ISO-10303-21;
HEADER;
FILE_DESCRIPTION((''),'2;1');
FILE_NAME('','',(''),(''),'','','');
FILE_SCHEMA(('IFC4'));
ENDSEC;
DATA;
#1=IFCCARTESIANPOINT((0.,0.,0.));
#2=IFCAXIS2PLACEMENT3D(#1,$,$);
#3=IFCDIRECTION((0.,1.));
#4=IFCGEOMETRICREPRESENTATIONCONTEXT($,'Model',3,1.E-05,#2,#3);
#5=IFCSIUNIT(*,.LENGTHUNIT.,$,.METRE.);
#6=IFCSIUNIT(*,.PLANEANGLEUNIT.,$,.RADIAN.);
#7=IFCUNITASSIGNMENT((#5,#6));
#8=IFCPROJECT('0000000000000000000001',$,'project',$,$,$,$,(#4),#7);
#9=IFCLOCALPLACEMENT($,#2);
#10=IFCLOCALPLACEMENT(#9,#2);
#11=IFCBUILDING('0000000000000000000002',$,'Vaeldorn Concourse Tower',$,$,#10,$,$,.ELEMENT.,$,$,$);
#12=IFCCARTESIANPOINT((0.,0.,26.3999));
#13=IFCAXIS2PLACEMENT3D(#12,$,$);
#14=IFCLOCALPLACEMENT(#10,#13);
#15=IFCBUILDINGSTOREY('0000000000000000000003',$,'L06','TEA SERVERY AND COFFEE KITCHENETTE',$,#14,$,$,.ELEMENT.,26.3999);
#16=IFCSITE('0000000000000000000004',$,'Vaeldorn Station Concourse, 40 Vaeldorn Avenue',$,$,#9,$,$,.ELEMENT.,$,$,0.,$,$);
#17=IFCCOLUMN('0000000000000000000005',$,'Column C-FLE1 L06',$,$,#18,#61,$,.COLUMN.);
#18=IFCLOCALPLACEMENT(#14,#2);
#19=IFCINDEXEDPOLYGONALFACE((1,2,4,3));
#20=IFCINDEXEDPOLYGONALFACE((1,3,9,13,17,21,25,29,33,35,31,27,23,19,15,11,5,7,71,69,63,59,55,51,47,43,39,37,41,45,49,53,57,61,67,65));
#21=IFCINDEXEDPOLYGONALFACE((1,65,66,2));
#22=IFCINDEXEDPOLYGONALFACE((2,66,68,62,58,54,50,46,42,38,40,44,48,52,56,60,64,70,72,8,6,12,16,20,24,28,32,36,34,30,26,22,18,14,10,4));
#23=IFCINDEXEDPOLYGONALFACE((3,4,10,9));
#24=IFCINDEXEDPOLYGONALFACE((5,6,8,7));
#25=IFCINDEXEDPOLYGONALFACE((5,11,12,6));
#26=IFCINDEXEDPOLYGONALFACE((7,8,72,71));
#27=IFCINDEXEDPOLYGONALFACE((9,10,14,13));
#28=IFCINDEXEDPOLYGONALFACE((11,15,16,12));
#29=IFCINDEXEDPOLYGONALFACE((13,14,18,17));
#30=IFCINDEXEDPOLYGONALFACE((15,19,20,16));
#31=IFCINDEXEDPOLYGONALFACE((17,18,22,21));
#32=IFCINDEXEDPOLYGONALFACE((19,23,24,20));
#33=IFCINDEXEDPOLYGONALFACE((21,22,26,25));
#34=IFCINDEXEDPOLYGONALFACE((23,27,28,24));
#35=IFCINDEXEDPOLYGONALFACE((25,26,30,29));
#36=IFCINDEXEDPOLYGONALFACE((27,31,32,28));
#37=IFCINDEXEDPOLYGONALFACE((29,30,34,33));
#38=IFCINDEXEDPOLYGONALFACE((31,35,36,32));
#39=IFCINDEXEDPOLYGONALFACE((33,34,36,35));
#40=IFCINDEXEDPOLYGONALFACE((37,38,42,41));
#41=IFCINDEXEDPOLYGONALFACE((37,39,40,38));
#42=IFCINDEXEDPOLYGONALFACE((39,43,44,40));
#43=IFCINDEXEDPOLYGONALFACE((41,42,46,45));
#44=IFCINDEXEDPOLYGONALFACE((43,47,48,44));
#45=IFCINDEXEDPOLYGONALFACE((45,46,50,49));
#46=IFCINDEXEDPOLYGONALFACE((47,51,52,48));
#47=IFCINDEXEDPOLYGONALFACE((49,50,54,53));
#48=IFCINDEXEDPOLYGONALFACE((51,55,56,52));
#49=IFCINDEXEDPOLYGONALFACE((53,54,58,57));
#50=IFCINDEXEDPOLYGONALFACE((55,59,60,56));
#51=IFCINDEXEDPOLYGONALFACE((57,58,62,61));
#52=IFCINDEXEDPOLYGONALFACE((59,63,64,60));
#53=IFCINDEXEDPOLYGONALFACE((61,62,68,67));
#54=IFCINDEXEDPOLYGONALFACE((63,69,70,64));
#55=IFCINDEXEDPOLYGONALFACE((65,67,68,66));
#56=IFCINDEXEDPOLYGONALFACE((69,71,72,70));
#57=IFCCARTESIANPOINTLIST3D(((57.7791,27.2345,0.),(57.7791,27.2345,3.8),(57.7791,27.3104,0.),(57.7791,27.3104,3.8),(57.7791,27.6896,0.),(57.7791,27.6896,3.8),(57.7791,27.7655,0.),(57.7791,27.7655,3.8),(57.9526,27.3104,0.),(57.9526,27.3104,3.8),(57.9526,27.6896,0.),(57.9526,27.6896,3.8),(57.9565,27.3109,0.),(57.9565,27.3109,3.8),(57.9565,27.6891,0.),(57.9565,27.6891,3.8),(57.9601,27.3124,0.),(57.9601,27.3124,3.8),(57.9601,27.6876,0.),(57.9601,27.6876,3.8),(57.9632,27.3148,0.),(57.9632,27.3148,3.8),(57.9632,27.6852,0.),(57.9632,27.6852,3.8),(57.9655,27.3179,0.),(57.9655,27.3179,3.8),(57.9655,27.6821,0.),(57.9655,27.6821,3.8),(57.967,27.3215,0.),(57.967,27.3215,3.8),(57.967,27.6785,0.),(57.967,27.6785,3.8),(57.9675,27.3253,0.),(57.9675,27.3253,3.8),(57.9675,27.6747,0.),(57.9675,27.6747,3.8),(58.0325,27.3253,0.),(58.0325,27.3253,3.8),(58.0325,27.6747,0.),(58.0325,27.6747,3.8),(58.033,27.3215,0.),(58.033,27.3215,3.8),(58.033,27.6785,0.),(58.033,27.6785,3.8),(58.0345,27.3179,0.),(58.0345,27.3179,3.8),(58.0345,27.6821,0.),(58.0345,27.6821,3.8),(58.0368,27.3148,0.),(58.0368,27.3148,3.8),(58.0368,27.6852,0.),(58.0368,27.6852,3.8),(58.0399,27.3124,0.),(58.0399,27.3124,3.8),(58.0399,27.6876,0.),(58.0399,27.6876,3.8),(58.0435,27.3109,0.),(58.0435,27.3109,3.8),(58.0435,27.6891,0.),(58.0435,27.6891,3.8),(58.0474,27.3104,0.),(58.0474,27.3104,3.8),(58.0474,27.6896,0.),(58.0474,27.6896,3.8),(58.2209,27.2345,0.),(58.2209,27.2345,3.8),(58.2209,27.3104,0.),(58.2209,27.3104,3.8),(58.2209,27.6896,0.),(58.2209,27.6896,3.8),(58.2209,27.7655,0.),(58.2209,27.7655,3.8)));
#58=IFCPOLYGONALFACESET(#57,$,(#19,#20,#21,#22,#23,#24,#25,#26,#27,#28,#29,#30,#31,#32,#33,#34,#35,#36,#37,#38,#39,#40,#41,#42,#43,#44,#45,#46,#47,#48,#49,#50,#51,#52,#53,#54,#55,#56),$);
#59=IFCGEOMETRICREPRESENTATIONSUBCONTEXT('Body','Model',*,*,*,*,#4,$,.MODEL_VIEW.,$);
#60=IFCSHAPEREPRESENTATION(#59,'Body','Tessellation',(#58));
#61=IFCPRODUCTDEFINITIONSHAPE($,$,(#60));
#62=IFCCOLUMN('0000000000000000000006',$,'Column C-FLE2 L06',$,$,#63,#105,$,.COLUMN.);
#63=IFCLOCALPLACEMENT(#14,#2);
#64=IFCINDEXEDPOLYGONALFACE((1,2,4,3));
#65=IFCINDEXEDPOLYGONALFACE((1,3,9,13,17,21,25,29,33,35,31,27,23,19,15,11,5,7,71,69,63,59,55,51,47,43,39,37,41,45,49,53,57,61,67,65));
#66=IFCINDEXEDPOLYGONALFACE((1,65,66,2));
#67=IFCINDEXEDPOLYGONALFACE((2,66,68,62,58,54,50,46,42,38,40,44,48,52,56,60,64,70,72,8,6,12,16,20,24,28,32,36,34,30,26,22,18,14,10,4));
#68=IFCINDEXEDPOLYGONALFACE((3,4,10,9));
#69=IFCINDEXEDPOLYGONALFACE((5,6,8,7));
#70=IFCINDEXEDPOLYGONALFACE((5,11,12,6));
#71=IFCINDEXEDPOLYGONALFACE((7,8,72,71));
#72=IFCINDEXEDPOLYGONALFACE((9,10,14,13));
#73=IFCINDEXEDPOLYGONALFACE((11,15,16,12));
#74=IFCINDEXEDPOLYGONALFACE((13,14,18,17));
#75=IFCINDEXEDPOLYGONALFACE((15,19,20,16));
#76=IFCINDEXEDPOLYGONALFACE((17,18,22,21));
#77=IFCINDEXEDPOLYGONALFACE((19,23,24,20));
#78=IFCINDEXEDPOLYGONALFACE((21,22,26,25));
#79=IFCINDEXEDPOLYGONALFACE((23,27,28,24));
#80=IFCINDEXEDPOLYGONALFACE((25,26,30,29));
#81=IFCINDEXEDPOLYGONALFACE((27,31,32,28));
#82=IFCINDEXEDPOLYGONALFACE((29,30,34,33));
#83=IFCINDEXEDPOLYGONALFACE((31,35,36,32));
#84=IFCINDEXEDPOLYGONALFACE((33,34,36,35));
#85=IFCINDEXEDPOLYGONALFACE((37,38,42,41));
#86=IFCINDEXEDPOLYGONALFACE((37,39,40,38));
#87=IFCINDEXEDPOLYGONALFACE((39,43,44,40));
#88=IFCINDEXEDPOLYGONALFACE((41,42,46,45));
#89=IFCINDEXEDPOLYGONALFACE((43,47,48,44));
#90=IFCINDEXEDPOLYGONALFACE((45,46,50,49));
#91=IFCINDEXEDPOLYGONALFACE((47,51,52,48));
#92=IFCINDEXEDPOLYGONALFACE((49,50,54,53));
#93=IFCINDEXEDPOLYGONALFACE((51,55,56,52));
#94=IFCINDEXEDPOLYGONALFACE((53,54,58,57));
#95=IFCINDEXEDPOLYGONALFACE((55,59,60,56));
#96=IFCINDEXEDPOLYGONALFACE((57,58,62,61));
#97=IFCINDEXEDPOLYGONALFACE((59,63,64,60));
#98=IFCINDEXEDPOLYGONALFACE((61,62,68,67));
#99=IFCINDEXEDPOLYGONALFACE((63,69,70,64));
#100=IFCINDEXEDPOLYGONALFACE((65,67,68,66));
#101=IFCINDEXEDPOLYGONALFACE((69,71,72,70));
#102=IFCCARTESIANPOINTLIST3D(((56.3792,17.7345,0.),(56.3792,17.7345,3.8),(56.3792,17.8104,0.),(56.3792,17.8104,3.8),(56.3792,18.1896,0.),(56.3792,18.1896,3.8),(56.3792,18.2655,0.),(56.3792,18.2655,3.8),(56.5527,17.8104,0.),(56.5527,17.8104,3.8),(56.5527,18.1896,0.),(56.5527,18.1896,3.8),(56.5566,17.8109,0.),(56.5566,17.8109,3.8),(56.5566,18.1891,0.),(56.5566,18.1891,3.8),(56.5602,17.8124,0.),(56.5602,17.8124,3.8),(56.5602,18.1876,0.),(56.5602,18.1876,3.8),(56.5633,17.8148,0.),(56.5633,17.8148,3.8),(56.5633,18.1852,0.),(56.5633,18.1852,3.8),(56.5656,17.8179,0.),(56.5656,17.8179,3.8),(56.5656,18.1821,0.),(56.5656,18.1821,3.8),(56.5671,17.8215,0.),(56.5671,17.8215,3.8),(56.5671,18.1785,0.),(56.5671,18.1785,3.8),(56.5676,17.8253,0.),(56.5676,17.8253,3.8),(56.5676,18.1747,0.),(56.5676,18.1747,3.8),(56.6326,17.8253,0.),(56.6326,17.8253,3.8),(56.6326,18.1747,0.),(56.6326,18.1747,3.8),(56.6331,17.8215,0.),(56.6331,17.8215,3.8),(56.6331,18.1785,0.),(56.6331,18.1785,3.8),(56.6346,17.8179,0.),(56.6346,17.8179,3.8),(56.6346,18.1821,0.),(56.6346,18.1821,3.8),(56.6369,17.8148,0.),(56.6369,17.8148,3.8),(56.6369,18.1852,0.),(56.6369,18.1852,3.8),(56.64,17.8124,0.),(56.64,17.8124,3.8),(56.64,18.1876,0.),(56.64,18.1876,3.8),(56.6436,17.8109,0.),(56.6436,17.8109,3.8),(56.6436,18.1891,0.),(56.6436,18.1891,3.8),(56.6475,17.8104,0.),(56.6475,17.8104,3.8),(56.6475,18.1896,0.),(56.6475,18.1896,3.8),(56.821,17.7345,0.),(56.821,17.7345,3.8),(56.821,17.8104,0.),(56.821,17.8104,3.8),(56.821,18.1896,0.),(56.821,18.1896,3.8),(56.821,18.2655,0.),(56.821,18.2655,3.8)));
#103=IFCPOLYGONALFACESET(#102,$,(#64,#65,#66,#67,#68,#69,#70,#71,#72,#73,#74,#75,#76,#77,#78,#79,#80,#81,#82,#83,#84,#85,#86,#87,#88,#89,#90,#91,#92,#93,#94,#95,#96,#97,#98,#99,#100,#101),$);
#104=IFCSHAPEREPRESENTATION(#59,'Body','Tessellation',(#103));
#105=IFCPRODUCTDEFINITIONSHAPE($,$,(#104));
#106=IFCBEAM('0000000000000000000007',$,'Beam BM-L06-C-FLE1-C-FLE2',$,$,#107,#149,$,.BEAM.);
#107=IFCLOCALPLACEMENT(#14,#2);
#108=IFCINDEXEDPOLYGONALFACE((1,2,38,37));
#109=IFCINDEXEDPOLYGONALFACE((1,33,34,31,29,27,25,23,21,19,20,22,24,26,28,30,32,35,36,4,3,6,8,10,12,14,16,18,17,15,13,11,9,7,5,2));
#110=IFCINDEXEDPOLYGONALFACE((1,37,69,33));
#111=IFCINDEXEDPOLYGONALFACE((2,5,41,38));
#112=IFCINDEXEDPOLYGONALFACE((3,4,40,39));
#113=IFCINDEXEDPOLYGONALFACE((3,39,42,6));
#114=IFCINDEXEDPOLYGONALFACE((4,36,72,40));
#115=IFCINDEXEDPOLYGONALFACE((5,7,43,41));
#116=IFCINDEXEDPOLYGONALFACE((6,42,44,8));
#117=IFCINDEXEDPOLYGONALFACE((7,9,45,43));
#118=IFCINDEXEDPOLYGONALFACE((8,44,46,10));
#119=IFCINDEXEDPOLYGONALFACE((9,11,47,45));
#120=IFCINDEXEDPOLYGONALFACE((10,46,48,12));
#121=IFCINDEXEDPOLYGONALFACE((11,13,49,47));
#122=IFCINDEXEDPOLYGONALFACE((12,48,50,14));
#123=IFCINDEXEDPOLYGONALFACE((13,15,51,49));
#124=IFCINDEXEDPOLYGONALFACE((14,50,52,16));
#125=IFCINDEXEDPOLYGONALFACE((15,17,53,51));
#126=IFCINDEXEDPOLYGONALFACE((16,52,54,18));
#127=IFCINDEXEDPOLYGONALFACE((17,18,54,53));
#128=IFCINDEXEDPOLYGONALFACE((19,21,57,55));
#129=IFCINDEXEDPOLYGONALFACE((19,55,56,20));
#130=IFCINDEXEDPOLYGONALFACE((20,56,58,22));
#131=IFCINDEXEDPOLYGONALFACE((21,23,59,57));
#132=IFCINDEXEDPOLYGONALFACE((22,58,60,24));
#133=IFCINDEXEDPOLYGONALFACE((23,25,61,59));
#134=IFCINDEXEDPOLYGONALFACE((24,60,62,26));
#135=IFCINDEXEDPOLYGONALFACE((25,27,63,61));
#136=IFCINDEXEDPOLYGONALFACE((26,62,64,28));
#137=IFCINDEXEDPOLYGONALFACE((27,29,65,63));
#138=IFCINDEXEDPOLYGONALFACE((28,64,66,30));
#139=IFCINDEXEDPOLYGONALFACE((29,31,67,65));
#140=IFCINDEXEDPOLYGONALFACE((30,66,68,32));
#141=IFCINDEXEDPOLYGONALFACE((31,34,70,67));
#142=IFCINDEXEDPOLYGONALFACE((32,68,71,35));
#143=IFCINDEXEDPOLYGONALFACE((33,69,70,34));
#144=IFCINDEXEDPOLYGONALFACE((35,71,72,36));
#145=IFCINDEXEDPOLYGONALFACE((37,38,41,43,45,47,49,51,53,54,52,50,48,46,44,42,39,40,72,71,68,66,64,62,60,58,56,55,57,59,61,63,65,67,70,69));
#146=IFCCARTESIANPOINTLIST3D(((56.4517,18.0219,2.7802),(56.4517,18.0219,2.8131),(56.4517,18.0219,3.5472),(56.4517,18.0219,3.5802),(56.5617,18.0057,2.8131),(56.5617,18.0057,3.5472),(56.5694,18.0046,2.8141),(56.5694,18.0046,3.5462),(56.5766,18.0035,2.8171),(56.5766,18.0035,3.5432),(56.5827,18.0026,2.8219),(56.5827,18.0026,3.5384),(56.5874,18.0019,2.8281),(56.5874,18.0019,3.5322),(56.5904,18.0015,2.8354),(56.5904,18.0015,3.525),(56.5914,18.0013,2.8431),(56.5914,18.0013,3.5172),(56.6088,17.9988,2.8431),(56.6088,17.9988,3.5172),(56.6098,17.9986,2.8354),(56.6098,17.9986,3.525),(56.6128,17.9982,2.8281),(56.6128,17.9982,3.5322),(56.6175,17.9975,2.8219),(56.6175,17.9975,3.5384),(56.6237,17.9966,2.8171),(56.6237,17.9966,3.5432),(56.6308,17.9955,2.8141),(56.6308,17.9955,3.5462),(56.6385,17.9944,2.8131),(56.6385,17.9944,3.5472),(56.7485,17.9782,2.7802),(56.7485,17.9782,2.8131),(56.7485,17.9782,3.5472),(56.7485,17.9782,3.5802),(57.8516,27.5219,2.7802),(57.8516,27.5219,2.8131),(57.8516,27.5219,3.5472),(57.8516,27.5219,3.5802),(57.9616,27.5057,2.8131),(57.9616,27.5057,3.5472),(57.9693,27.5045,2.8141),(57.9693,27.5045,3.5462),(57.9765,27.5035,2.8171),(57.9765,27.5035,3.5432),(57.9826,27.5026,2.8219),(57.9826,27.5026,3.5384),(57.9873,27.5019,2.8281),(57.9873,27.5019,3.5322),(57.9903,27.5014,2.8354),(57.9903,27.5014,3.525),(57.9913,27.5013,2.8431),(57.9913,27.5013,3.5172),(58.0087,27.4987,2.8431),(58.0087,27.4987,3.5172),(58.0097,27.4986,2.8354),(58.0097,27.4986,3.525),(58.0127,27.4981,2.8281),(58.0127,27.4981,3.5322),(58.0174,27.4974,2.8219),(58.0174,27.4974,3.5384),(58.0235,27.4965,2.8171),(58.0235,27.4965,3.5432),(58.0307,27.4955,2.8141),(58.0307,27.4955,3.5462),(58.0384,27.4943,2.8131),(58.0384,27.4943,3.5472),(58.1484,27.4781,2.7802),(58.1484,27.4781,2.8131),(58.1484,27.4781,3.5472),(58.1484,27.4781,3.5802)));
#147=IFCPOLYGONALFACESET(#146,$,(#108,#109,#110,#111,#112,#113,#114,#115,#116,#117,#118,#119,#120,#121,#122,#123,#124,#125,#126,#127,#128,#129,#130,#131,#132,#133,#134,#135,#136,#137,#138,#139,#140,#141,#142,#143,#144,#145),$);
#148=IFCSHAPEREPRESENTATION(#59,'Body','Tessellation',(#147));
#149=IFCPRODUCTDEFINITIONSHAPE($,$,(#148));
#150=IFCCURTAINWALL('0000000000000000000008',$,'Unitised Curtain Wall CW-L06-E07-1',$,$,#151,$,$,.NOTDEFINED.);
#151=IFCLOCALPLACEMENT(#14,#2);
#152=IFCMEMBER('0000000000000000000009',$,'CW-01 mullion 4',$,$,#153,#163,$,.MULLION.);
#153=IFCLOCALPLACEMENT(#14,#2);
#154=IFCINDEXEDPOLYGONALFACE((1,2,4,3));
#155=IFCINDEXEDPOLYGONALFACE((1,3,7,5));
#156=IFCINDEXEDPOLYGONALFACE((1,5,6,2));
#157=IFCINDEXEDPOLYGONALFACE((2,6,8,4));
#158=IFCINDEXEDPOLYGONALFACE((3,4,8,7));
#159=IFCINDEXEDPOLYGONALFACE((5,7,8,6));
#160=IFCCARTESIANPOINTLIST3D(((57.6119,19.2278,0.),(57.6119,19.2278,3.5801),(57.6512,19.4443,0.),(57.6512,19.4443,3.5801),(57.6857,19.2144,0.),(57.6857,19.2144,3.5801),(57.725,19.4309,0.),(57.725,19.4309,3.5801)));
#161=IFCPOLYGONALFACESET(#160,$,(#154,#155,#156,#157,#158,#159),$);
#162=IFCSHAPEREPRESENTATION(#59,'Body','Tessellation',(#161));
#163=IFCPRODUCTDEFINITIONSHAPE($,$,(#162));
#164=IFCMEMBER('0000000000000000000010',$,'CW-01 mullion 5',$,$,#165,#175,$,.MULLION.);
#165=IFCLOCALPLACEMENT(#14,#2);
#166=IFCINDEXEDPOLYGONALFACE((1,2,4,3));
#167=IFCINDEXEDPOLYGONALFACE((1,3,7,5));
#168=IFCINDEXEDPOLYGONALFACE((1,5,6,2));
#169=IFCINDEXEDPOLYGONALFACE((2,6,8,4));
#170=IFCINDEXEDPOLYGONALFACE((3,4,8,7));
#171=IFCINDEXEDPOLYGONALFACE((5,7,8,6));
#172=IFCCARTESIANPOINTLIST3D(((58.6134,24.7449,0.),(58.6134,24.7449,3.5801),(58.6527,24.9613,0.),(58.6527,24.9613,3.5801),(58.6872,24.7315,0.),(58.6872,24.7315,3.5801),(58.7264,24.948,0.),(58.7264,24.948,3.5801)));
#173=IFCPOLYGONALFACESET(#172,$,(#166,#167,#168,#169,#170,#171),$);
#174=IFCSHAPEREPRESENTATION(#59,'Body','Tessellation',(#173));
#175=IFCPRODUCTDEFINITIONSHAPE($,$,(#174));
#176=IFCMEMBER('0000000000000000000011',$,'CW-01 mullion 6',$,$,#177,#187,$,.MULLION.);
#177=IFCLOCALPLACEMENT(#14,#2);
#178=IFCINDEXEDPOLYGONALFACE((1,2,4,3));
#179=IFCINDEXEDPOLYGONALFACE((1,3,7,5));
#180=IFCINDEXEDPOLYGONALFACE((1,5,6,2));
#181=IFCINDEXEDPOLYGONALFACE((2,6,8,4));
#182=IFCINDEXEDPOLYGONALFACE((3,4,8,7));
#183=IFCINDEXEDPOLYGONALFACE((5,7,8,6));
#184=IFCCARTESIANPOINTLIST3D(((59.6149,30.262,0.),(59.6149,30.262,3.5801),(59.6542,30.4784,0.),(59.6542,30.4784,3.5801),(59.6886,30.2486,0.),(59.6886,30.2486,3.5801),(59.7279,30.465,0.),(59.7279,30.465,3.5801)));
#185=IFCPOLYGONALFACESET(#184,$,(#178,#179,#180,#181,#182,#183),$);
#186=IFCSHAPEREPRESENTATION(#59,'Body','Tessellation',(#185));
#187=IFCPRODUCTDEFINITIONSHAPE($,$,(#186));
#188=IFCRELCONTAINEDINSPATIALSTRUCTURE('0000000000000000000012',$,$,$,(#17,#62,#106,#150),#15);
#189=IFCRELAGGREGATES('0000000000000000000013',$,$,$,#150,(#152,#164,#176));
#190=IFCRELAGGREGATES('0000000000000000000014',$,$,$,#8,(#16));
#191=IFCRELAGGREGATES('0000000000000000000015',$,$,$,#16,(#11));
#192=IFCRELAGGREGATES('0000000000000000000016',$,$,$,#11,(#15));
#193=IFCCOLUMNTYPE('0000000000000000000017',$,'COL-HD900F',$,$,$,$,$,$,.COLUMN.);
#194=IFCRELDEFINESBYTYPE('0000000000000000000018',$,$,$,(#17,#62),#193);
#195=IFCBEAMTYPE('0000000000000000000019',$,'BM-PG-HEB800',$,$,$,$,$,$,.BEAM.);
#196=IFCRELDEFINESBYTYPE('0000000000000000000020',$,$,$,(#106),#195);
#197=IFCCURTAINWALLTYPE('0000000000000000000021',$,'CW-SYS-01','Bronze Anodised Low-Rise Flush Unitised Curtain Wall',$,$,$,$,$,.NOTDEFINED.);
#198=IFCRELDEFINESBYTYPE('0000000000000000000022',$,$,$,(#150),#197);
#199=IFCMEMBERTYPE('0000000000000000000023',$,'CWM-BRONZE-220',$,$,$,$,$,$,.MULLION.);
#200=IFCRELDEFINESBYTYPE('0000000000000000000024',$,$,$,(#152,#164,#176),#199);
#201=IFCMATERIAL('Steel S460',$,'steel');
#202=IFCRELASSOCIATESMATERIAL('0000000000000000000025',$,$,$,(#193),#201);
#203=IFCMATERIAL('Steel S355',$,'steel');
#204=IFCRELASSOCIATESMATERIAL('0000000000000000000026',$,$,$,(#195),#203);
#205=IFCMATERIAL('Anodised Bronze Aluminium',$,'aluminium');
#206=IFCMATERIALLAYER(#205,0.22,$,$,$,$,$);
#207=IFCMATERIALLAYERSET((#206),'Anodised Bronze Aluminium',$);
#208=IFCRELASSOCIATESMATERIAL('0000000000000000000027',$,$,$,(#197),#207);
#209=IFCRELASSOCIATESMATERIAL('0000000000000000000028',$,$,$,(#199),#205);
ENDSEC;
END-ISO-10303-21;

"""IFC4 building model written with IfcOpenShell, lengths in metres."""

from ifc_helpers import new_model, si_unit, direction, frame, origin, origin_2d, place, context, subcontext, project, spatial, rectangle, i_section, extrude, source, transform, mapped, material, layer, layer_set, material_profile, profile_set, type_object, element, aggregate, save


model = new_model("IFC4")

# Units and contexts
model_context = context("Model", 3, precision=1e-05, world=origin(), true_north=direction((0.0, 1.0)))
body_context = subcontext(model_context, "Body", "Model", "MODEL_VIEW")
ifc_project = project(units=[si_unit("LENGTHUNIT", "METRE"), si_unit("PLANEANGLEUNIT", "RADIAN")], contexts=[model_context])

# Site, building, storey
site_placement = place(None, origin())
site = spatial("IfcSite", under=ifc_project, at=site_placement, Name="Vaeldorn Station Concourse, 40 Vaeldorn Avenue", CompositionType="ELEMENT", RefElevation=0.0)
building_placement = place(site_placement, origin())
building = spatial("IfcBuilding", under=site, at=building_placement, Name="Vaeldorn Concourse Tower", CompositionType="ELEMENT")
storey_placement = place(building_placement, frame((0.0, 0.0, 26.3999)))
storey = spatial("IfcBuildingStorey", under=building, at=storey_placement, Name="L06", Description="TEA SERVERY AND COFFEE KITCHENETTE", CompositionType="ELEMENT", Elevation=26.3999)

# Columns
ifc_material_1 = material(Name="Steel S460", Category="steel")
ifc_material_profile_1 = material_profile(ifc_material_1, i_section(OverallWidth=0.4419, OverallDepth=0.531, WebThickness=0.0649, FlangeThickness=0.0759, FilletRadius=0.0149, at=origin_2d()), Name="HD 400x900")
ifc_profile_set_1 = profile_set([ifc_material_profile_1], Name="Steel S460")
column_type = type_object("IfcColumnType", Name="COL-HD900F", PredefinedType="COLUMN", material=ifc_profile_set_1)
shared_shape_1 = source(origin(), body_context, "Body", "SweptSolid", [
    extrude(i_section(OverallWidth=0.4419, OverallDepth=0.531, WebThickness=0.0649, FlangeThickness=0.0759, FilletRadius=0.0149, at=origin_2d()), origin(), (0.0, 0.0, 1.0), 3.8),
])
for number, where, z_axis, x_axis, name in (
    (1, (58.0, 27.5, 0.0), (0.0, 0.0, 1.0), (1.0, 0.0, 0.0), "Column C-FLE1 L06"),
    (2, (56.6001, 18.0, 0.0), (0.0, 0.0, 1.0), (1.0, 0.0, 0.0), "Column C-FLE2 L06"),
):
    element("IfcColumn", number, at=place(storey_placement, frame(where, z_axis=z_axis, x_axis=x_axis)), inside=storey, type_object=column_type, Name=name, PredefinedType="COLUMN", context=body_context, shape_type="MappedRepresentation", body=[
        mapped(shared_shape_1, transform((0.0, 0.0, 0.0), scale=1.0)),
    ])

# Beam
ifc_material_2 = material(Name="Steel S355", Category="steel")
ifc_material_profile_2 = material_profile(ifc_material_2, i_section(OverallWidth=0.3, OverallDepth=0.8, WebThickness=0.0176, FlangeThickness=0.033, FilletRadius=0.03, at=origin_2d()), Name="HEB 800")
ifc_profile_set_2 = profile_set([ifc_material_profile_2], Name="Steel S355")
beam_type = type_object("IfcBeamType", Name="BM-PG-HEB800", PredefinedType="BEAM", material=ifc_profile_set_2)
shared_shape_2 = source(origin(), body_context, "Body", "SweptSolid", [
    extrude(i_section(OverallWidth=0.3, OverallDepth=0.8, WebThickness=0.0176, FlangeThickness=0.033, FilletRadius=0.03, at=origin_2d()), origin(), (0.0, 0.0, 1.0), 9.6025),
])
beam_placement = place(storey_placement, frame((58.0, 27.5, 3.1802), z_axis=(-0.145784, -0.989316, 0.0), x_axis=(0.989316, -0.145784, 0.0)))
element("IfcBeam", 3, at=beam_placement, inside=storey, type_object=beam_type, Name="Beam BM-L06-C-FLE1-C-FLE2", PredefinedType="BEAM", context=body_context, shape_type="MappedRepresentation", body=[
    mapped(shared_shape_2, transform((0.0, 0.0, 0.0), scale=1.0)),
])

# Curtain wall, members
ifc_material_3 = material(Name="Anodised Bronze Aluminium", Category="aluminium")
ifc_layer_1 = layer(ifc_material_3, 0.22)
ifc_layer_set_1 = layer_set([ifc_layer_1], Name="Anodised Bronze Aluminium")
curtain_wall_type = type_object("IfcCurtainWallType", Name="CW-SYS-01", Description="Bronze Anodised Low-Rise Flush Unitised Curtain Wall", PredefinedType="NOTDEFINED", material=ifc_layer_set_1)
curtain_wall_placement = place(storey_placement, origin())
curtain_wall = element("IfcCurtainWall", 4, at=curtain_wall_placement, inside=storey, type_object=curtain_wall_type, Name="Unitised Curtain Wall CW-L06-E07-1", PredefinedType="NOTDEFINED")
ifc_material_profile_3 = material_profile(ifc_material_3, rectangle(XDim=0.075, YDim=0.22, at=origin_2d()), Name="CWM 75x220")
ifc_profile_set_3 = profile_set([ifc_material_profile_3], Name="Anodised Bronze Aluminium")
member_type_1 = type_object("IfcMemberType", Name="CWM-BRONZE-220", PredefinedType="MULLION", material=ifc_profile_set_3)
shared_shape_3 = source(origin(), body_context, "Body", "SweptSolid", [
    extrude(rectangle(XDim=0.075, YDim=0.22, at=origin_2d()), origin(), (0.0, 0.0, 1.0), 3.5801),
])
member_1_placement = place(storey_placement, frame((57.6685, 19.3293, 0.0), z_axis=(0.0, 0.0, 1.0), x_axis=(-0.98392, 0.178609, 0.0)))
member_1 = element("IfcMember", 5, at=member_1_placement, type_object=member_type_1, Name="CW-01 mullion 4", PredefinedType="MULLION", context=body_context, shape_type="MappedRepresentation", body=[
    mapped(shared_shape_3, transform((0.0, 0.0, 0.0), scale=1.0)),
])
member_2_placement = place(storey_placement, frame((58.6699, 24.8464, 0.0), z_axis=(0.0, 0.0, 1.0), x_axis=(-0.98392, 0.178609, 0.0)))
member_2 = element("IfcMember", 6, at=member_2_placement, type_object=member_type_1, Name="CW-01 mullion 5", PredefinedType="MULLION", context=body_context, shape_type="MappedRepresentation", body=[
    mapped(shared_shape_3, transform((0.0, 0.0, 0.0), scale=1.0)),
])
member_3_placement = place(storey_placement, frame((59.6714, 30.3635, 0.0), z_axis=(0.0, 0.0, 1.0), x_axis=(-0.98392, 0.178609, 0.0)))
member_3 = element("IfcMember", 7, at=member_3_placement, type_object=member_type_1, Name="CW-01 mullion 6", PredefinedType="MULLION", context=body_context, shape_type="MappedRepresentation", body=[
    mapped(shared_shape_3, transform((0.0, 0.0, 0.0), scale=1.0)),
])
aggregate(curtain_wall, [member_1, member_2, member_3])

save(model, "model.ifc")
